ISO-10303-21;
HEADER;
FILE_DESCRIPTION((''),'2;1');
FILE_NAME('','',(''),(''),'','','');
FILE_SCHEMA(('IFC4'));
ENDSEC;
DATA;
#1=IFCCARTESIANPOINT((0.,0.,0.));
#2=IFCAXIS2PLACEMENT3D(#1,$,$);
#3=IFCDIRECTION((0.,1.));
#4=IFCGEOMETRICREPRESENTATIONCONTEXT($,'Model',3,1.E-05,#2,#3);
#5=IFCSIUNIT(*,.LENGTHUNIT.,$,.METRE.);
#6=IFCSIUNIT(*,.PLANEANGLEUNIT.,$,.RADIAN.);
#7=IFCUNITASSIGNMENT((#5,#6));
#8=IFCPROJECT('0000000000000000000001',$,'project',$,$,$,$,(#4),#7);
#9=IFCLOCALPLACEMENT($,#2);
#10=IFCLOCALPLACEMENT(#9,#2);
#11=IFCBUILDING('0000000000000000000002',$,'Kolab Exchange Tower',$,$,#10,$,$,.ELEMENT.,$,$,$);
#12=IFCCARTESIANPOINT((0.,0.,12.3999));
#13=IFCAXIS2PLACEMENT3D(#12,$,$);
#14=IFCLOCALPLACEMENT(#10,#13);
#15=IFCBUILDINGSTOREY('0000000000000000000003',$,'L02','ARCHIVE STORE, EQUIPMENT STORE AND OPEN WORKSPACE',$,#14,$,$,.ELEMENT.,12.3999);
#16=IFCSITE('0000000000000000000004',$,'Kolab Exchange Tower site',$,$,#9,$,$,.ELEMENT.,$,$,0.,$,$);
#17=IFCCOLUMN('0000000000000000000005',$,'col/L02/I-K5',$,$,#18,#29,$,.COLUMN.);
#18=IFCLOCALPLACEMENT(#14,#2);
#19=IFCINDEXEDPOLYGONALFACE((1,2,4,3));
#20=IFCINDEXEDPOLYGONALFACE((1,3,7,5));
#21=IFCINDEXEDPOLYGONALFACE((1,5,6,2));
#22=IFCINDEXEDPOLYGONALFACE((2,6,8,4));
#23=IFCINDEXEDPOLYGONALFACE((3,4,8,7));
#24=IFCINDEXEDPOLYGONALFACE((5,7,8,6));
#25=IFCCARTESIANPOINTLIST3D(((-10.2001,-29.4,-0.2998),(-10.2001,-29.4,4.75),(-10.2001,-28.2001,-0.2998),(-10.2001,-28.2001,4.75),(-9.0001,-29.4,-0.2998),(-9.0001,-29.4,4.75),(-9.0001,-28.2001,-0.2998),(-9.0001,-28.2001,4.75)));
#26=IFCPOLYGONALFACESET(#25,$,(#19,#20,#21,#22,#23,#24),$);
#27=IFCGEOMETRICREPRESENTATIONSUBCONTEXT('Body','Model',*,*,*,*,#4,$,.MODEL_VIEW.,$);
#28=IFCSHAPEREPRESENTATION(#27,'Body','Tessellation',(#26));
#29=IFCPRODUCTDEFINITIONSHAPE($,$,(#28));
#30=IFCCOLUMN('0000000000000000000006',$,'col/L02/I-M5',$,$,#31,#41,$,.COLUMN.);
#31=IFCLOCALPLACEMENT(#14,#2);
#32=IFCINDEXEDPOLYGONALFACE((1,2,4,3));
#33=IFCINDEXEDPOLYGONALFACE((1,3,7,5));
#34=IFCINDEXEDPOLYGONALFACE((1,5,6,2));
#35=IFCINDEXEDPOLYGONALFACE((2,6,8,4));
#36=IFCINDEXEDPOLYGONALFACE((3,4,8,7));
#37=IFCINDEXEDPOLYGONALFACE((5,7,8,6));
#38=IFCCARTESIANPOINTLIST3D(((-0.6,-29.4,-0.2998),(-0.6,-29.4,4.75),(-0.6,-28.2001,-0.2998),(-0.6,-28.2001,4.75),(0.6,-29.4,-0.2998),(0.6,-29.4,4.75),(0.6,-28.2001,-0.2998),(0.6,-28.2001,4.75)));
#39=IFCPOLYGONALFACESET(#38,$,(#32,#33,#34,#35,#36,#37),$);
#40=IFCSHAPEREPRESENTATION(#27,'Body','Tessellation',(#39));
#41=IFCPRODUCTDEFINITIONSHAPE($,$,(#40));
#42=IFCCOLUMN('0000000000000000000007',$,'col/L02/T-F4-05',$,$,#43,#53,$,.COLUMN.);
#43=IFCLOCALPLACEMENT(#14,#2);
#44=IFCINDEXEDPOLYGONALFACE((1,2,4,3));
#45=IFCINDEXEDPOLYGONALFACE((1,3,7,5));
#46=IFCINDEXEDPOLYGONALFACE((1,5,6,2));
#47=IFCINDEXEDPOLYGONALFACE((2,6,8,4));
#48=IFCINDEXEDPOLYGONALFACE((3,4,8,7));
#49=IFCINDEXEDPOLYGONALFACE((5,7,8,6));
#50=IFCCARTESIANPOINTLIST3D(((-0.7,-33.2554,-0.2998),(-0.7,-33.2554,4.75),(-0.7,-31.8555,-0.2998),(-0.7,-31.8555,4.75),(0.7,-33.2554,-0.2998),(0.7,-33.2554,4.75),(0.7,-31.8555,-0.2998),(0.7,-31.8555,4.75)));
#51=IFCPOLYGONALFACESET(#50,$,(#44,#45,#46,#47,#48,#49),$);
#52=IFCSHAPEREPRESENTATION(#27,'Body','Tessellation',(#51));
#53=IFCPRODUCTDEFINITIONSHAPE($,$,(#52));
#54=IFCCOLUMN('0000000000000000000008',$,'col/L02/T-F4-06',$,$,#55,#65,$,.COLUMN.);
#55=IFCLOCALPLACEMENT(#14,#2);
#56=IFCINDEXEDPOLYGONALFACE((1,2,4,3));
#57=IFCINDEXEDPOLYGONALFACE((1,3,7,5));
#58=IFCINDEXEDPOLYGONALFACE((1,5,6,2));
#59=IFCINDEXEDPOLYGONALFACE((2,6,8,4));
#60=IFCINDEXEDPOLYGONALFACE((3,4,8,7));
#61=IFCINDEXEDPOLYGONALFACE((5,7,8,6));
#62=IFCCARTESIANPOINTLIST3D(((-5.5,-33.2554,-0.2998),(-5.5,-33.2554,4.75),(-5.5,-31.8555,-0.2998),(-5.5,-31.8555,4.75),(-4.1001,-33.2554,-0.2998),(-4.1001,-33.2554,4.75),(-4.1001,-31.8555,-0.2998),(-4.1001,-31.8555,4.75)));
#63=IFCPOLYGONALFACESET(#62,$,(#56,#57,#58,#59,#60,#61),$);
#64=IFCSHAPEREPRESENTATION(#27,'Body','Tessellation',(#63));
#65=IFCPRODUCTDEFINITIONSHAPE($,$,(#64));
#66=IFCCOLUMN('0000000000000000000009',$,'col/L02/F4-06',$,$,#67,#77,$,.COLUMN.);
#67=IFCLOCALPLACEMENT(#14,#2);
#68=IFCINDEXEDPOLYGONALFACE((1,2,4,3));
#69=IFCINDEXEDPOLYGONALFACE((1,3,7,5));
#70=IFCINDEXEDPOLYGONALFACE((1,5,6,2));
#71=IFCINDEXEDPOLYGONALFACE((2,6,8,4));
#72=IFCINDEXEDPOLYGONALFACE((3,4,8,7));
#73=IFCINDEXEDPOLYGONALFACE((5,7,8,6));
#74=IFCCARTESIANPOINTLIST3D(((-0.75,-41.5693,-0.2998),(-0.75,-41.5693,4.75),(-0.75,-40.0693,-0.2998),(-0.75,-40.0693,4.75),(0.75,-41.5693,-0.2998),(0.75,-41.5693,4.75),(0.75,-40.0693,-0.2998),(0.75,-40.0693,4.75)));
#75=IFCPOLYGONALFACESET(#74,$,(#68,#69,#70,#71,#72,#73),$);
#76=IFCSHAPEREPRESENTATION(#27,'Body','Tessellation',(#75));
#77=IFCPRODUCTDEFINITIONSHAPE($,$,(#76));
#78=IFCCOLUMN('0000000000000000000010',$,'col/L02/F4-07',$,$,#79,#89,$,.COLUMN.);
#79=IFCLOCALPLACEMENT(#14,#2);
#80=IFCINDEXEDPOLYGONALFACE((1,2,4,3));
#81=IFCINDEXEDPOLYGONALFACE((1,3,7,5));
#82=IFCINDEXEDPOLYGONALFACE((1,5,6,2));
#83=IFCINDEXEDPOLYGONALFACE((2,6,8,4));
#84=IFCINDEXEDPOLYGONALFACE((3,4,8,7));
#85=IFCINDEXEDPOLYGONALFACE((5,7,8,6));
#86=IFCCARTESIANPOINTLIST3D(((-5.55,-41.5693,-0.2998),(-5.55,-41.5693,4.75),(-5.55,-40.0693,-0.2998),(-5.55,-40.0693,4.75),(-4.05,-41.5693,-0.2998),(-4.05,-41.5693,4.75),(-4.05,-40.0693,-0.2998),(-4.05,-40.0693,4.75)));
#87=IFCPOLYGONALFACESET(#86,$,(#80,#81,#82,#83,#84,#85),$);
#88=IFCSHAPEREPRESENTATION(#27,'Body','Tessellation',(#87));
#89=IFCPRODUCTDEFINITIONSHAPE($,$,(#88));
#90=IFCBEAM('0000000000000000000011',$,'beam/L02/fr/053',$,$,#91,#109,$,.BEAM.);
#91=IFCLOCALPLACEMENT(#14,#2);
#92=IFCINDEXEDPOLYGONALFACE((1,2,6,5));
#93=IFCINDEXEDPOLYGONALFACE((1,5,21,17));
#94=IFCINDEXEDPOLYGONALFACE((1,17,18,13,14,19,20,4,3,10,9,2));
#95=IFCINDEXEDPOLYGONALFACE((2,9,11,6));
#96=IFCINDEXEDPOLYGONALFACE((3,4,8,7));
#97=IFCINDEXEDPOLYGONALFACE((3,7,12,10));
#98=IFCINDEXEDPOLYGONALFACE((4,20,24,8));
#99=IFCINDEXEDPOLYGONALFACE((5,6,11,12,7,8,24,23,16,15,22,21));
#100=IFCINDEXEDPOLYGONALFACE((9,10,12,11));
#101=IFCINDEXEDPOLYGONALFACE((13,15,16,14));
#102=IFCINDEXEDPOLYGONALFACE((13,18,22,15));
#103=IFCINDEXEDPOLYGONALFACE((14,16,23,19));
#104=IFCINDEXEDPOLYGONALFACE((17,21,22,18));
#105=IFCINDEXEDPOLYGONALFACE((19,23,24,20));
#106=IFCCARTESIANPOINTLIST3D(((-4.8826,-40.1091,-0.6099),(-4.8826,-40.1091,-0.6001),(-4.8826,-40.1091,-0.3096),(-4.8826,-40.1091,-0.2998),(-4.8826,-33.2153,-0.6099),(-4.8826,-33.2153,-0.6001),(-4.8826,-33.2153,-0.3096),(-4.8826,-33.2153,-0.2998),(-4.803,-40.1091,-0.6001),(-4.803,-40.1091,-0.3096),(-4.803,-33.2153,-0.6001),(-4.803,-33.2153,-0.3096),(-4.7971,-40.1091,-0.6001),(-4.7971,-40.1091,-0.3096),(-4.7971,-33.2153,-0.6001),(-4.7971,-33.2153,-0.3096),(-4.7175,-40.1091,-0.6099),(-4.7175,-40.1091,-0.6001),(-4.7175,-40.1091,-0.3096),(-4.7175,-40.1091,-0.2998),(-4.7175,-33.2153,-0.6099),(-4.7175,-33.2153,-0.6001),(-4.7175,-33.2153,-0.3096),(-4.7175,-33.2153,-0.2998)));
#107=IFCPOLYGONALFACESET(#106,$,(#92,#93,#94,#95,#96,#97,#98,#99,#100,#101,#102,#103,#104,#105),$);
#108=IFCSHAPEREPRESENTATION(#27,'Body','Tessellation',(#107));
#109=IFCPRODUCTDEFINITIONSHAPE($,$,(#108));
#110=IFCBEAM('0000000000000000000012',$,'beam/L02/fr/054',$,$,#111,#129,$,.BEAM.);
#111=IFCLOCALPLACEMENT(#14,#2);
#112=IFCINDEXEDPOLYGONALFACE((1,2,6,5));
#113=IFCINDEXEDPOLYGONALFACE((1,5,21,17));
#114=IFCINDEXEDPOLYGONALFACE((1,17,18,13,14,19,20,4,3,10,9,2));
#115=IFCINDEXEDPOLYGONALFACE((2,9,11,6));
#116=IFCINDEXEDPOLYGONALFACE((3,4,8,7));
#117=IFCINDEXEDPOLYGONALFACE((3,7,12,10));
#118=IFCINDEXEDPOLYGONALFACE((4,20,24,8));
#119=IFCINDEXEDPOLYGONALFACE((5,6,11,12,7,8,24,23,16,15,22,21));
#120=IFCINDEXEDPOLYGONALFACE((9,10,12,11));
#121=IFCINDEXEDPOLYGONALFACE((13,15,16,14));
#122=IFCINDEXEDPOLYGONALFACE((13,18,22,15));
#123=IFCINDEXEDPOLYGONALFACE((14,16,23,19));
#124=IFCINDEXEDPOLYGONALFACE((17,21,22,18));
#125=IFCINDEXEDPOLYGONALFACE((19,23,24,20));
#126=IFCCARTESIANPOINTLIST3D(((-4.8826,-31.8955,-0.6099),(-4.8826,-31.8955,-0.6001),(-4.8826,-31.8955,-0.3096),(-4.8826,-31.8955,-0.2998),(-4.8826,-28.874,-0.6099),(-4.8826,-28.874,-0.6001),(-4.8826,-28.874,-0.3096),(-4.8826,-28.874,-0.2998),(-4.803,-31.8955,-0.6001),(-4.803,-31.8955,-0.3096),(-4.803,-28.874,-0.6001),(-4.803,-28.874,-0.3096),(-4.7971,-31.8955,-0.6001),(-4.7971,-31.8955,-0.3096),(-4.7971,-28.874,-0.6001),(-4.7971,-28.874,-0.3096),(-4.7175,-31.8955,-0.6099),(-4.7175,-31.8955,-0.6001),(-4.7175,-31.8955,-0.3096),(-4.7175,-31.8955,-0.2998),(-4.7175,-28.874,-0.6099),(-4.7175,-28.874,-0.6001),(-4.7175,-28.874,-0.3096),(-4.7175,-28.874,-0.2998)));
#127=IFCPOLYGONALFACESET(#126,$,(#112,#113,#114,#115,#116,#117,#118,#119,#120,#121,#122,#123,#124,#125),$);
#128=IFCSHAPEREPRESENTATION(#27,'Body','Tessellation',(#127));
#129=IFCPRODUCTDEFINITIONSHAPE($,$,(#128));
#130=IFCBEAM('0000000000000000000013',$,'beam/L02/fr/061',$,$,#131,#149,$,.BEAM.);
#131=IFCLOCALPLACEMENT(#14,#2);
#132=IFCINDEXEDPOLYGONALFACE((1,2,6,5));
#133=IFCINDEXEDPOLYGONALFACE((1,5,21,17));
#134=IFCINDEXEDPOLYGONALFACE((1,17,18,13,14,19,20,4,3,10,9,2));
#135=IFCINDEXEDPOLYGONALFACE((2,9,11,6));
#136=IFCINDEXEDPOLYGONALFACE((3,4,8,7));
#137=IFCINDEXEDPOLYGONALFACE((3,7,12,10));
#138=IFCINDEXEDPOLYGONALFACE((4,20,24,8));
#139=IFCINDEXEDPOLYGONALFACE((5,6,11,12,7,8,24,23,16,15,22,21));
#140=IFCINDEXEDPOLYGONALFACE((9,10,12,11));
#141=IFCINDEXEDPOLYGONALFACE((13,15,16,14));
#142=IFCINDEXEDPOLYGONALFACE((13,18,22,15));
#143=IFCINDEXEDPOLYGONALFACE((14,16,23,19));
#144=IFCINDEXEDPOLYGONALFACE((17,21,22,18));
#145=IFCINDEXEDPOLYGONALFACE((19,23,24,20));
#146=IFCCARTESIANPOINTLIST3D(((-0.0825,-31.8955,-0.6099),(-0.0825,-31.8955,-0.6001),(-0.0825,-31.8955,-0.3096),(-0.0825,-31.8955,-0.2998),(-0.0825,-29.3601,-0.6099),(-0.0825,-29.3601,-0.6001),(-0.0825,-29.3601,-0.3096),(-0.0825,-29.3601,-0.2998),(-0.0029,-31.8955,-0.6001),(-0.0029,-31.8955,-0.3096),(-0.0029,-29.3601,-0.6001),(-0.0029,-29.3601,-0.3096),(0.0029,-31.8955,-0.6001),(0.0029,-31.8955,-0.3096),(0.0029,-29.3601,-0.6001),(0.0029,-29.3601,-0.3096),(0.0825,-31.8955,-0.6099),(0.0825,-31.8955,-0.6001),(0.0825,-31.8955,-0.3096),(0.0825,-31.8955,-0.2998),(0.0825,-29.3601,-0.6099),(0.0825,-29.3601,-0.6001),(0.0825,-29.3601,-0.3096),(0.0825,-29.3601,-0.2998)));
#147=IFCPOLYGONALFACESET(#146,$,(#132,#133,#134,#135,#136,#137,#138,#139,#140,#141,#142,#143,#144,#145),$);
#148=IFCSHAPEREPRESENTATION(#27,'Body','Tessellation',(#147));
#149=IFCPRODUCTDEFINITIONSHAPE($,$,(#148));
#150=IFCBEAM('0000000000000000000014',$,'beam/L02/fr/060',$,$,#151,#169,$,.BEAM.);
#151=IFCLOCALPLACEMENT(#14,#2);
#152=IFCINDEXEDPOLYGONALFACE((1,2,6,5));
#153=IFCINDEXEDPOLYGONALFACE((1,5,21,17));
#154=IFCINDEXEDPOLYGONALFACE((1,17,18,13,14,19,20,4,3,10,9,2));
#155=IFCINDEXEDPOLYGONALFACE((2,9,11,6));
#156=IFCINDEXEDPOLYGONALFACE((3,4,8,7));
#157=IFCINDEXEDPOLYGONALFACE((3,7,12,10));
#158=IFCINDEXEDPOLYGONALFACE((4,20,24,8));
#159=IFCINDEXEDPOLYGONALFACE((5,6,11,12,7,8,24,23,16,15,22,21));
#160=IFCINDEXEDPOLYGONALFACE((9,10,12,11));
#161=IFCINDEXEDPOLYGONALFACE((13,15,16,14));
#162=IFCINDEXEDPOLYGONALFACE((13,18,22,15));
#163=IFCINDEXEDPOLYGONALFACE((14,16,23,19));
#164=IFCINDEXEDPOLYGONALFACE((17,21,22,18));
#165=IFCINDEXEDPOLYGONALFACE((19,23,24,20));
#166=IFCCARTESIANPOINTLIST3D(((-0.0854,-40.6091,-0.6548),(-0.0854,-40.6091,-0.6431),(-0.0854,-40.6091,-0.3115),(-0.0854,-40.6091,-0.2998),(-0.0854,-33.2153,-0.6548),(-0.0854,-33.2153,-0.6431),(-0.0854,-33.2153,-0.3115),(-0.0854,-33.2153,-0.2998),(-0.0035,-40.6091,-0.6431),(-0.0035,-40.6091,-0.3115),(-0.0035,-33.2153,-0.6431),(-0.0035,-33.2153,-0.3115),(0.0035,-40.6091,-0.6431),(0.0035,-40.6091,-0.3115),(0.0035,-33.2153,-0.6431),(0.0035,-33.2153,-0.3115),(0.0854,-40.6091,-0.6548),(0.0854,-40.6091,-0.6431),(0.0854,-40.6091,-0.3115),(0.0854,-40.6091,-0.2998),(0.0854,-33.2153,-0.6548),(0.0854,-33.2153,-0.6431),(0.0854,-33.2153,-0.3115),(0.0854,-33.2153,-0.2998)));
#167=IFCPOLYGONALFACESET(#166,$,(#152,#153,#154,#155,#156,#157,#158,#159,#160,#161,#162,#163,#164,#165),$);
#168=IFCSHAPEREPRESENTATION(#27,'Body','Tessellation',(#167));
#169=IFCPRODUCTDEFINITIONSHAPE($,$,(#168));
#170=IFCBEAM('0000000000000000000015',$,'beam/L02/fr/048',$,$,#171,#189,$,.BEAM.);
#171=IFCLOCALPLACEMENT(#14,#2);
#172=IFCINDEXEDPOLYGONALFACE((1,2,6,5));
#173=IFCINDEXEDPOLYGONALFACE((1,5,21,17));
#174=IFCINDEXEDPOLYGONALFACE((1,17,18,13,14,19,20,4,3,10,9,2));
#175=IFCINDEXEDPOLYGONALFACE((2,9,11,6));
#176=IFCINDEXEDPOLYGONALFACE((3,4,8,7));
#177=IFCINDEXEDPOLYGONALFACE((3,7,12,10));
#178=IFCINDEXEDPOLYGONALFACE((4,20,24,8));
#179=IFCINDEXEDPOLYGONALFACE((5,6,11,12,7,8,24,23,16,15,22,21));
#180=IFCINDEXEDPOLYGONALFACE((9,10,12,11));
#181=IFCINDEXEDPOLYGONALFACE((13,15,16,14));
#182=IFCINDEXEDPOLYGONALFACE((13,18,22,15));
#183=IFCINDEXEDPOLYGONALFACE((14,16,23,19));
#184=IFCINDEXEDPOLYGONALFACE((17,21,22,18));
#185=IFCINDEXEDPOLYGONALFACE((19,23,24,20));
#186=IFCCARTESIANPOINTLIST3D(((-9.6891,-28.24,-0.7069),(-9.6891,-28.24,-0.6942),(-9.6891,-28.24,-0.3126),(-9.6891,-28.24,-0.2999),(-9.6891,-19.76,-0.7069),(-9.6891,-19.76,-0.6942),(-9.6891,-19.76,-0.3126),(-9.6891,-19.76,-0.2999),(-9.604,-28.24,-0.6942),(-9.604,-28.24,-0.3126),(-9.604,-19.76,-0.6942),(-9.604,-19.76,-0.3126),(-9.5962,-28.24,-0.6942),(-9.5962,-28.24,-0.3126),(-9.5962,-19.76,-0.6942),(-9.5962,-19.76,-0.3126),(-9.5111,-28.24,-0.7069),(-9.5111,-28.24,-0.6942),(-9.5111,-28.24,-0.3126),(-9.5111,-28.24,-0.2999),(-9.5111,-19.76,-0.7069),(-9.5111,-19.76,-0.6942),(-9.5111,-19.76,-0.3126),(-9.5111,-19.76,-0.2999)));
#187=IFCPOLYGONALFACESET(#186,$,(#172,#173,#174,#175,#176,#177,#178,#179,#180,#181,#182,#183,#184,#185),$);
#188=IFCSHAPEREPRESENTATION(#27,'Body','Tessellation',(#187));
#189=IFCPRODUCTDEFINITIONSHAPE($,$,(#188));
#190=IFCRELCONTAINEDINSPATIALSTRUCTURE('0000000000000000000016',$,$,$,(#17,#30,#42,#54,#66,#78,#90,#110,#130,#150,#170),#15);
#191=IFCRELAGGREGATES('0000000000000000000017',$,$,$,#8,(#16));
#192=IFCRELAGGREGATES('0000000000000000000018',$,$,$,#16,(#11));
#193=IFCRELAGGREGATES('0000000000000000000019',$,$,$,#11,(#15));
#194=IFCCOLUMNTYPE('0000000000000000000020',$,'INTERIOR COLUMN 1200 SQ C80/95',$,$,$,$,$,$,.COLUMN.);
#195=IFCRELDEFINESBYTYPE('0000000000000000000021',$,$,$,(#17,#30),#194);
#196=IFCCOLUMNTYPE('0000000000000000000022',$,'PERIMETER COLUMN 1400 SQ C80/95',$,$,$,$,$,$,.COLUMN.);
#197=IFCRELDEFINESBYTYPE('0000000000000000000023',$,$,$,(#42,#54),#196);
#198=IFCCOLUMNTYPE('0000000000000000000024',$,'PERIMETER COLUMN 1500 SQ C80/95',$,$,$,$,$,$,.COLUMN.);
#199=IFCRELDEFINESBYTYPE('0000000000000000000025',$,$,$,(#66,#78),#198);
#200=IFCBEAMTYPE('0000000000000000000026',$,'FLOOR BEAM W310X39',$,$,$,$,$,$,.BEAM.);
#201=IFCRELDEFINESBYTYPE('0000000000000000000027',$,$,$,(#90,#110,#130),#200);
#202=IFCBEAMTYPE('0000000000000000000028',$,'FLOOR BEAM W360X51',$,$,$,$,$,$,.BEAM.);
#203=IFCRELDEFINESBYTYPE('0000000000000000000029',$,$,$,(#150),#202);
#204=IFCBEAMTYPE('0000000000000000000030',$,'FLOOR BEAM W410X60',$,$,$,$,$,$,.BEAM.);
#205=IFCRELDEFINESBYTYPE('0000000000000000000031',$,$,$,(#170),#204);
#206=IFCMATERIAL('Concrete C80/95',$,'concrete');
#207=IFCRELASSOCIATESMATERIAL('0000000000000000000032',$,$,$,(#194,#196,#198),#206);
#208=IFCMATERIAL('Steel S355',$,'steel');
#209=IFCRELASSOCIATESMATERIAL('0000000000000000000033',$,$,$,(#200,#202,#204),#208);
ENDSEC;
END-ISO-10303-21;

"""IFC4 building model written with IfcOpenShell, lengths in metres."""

from ifc_helpers import new_model, si_unit, direction, frame, origin, origin_2d, place, context, subcontext, project, spatial, rectangle, i_section, extrude, material, material_profile, profile_set, type_object, element, save


model = new_model("IFC4")

# Units and contexts
model_context = context("Model", 3, precision=1e-05, world=origin(), true_north=direction((0.0, 1.0)))
body_context = subcontext(model_context, "Body", "Model", "MODEL_VIEW")
ifc_project = project(units=[si_unit("LENGTHUNIT", "METRE"), si_unit("PLANEANGLEUNIT", "RADIAN")], contexts=[model_context])

# Site, building, storey
site_placement = place(None, origin())
site = spatial("IfcSite", under=ifc_project, at=site_placement, Name="Kolab Exchange Tower site", CompositionType="ELEMENT", RefElevation=0.0)
building_placement = place(site_placement, origin())
building = spatial("IfcBuilding", under=site, at=building_placement, Name="Kolab Exchange Tower", CompositionType="ELEMENT")
storey_placement = place(building_placement, frame((0.0, 0.0, 12.3999)))
storey = spatial("IfcBuildingStorey", under=building, at=storey_placement, Name="L02", Description="ARCHIVE STORE, EQUIPMENT STORE AND OPEN WORKSPACE", CompositionType="ELEMENT", Elevation=12.3999)

# Columns
ifc_material_1 = material(Name="Concrete C80/95", Category="concrete")
ifc_material_profile_1 = material_profile(ifc_material_1, rectangle(XDim=1.2, YDim=1.2, at=origin_2d()), Name="RC1200")
ifc_profile_set_1 = profile_set([ifc_material_profile_1], Name="Concrete C80/95")
column_type_1 = type_object("IfcColumnType", Name="INTERIOR COLUMN 1200 SQ C80/95", PredefinedType="COLUMN", material=ifc_profile_set_1)
for number, where, z_axis, x_axis, name in (
    (1, (-9.6001, -28.8, -0.2998), (0.0, 0.0, 1.0), (1.0, 0.0, 0.0), "col/L02/I-K5"),
    (2, (0.0, -28.8, -0.2998), (0.0, 0.0, 1.0), (1.0, 0.0, 0.0), "col/L02/I-M5"),
):
    element("IfcColumn", number, at=place(storey_placement, frame(where, z_axis=z_axis, x_axis=x_axis)), inside=storey, type_object=column_type_1, Name=name, PredefinedType="COLUMN", context=body_context, shape_type="SweptSolid", body=[
        extrude(rectangle(XDim=1.2, YDim=1.2, at=origin_2d()), origin(), (0.0, 0.0, 1.0), 5.0498),
    ])
ifc_material_profile_2 = material_profile(ifc_material_1, rectangle(XDim=1.3999, YDim=1.3999, at=origin_2d()), Name="RC1400")
ifc_profile_set_2 = profile_set([ifc_material_profile_2], Name="Concrete C80/95")
column_type_2 = type_object("IfcColumnType", Name="PERIMETER COLUMN 1400 SQ C80/95", PredefinedType="COLUMN", material=ifc_profile_set_2)
for number, where, z_axis, x_axis, name in (
    (3, (0.0, -32.5554, -0.2998), (0.0, 0.0, 1.0), (1.0, 0.0, 0.0), "col/L02/T-F4-05"),
    (4, (-4.8, -32.5554, -0.2998), (0.0, 0.0, 1.0), (1.0, 0.0, 0.0), "col/L02/T-F4-06"),
):
    element("IfcColumn", number, at=place(storey_placement, frame(where, z_axis=z_axis, x_axis=x_axis)), inside=storey, type_object=column_type_2, Name=name, PredefinedType="COLUMN", context=body_context, shape_type="SweptSolid", body=[
        extrude(rectangle(XDim=1.3999, YDim=1.3999, at=origin_2d()), origin(), (0.0, 0.0, 1.0), 5.0498),
    ])
ifc_material_profile_3 = material_profile(ifc_material_1, rectangle(XDim=1.5, YDim=1.5, at=origin_2d()), Name="RC1500")
ifc_profile_set_3 = profile_set([ifc_material_profile_3], Name="Concrete C80/95")
column_type_3 = type_object("IfcColumnType", Name="PERIMETER COLUMN 1500 SQ C80/95", PredefinedType="COLUMN", material=ifc_profile_set_3)
for number, where, z_axis, x_axis, name in (
    (5, (0.0, -40.8193, -0.2998), (0.0, 0.0, 1.0), (1.0, 0.0, 0.0), "col/L02/F4-06"),
    (6, (-4.8, -40.8193, -0.2998), (0.0, 0.0, 1.0), (1.0, 0.0, 0.0), "col/L02/F4-07"),
):
    element("IfcColumn", number, at=place(storey_placement, frame(where, z_axis=z_axis, x_axis=x_axis)), inside=storey, type_object=column_type_3, Name=name, PredefinedType="COLUMN", context=body_context, shape_type="SweptSolid", body=[
        extrude(rectangle(XDim=1.5, YDim=1.5, at=origin_2d()), origin(), (0.0, 0.0, 1.0), 5.0498),
    ])

# Beams
ifc_material_2 = material(Name="Steel S355", Category="steel")
ifc_material_profile_4 = material_profile(ifc_material_2, i_section(OverallWidth=0.165, OverallDepth=0.3101, WebThickness=0.0059, FlangeThickness=0.0098, at=origin_2d()), Name="W310X39")
ifc_profile_set_4 = profile_set([ifc_material_profile_4], Name="Steel S355")
beam_type_1 = type_object("IfcBeamType", Name="FLOOR BEAM W310X39", PredefinedType="BEAM", material=ifc_profile_set_4)
beam_1_placement = place(storey_placement, frame((-4.8, -40.1091, -0.4548), z_axis=(0.0, 1.0, 0.0), x_axis=(-1.0, 0.0, 0.0)))
element("IfcBeam", 7, at=beam_1_placement, inside=storey, type_object=beam_type_1, Name="beam/L02/fr/053", PredefinedType="BEAM", context=body_context, shape_type="SweptSolid", body=[
    extrude(i_section(OverallWidth=0.165, OverallDepth=0.3101, WebThickness=0.0059, FlangeThickness=0.0098, at=origin_2d()), origin(), (0.0, 0.0, 1.0), 6.8938),
])
beam_2_placement = place(storey_placement, frame((-4.8, -31.8955, -0.4548), z_axis=(0.0, 1.0, 0.0), x_axis=(-1.0, 0.0, 0.0)))
element("IfcBeam", 8, at=beam_2_placement, inside=storey, type_object=beam_type_1, Name="beam/L02/fr/054", PredefinedType="BEAM", context=body_context, shape_type="SweptSolid", body=[
    extrude(i_section(OverallWidth=0.165, OverallDepth=0.3101, WebThickness=0.0059, FlangeThickness=0.0098, at=origin_2d()), origin(), (0.0, 0.0, 1.0), 3.0215),
])
beam_3_placement = place(storey_placement, frame((0.0, -31.8955, -0.4548), z_axis=(0.0, 1.0, 0.0), x_axis=(-1.0, 0.0, 0.0)))
element("IfcBeam", 9, at=beam_3_placement, inside=storey, type_object=beam_type_1, Name="beam/L02/fr/061", PredefinedType="BEAM", context=body_context, shape_type="SweptSolid", body=[
    extrude(i_section(OverallWidth=0.165, OverallDepth=0.3101, WebThickness=0.0059, FlangeThickness=0.0098, at=origin_2d()), origin(), (0.0, 0.0, 1.0), 2.5354),
])
ifc_material_profile_5 = material_profile(ifc_material_2, i_section(OverallWidth=0.1709, OverallDepth=0.355, WebThickness=0.0071, FlangeThickness=0.0117, at=origin_2d()), Name="W360X51")
ifc_profile_set_5 = profile_set([ifc_material_profile_5], Name="Steel S355")
beam_type_2 = type_object("IfcBeamType", Name="FLOOR BEAM W360X51", PredefinedType="BEAM", material=ifc_profile_set_5)
beam_4_placement = place(storey_placement, frame((0.0, -40.6091, -0.4773), z_axis=(0.0, 1.0, 0.0), x_axis=(-1.0, 0.0, 0.0)))
element("IfcBeam", 10, at=beam_4_placement, inside=storey, type_object=beam_type_2, Name="beam/L02/fr/060", PredefinedType="BEAM", context=body_context, shape_type="SweptSolid", body=[
    extrude(i_section(OverallWidth=0.1709, OverallDepth=0.355, WebThickness=0.0071, FlangeThickness=0.0117, at=origin_2d()), origin(), (0.0, 0.0, 1.0), 7.3938),
])
ifc_material_profile_6 = material_profile(ifc_material_2, i_section(OverallWidth=0.178, OverallDepth=0.407, WebThickness=0.0078, FlangeThickness=0.0127, at=origin_2d()), Name="W410X60")
ifc_profile_set_6 = profile_set([ifc_material_profile_6], Name="Steel S355")
beam_type_3 = type_object("IfcBeamType", Name="FLOOR BEAM W410X60", PredefinedType="BEAM", material=ifc_profile_set_6)
for number, where, z_axis, x_axis, name in (
    (11, (-9.6001, -28.24, -0.5034), (0.0, 1.0, 0.0), (-1.0, 0.0, 0.0), "beam/L02/fr/048"),
):
    element("IfcBeam", number, at=place(storey_placement, frame(where, z_axis=z_axis, x_axis=x_axis)), inside=storey, type_object=beam_type_3, Name=name, PredefinedType="BEAM", context=body_context, shape_type="SweptSolid", body=[
        extrude(i_section(OverallWidth=0.178, OverallDepth=0.407, WebThickness=0.0078, FlangeThickness=0.0127, at=origin_2d()), origin(), (0.0, 0.0, 1.0), 8.48),
    ])

save(model, "model.ifc")
